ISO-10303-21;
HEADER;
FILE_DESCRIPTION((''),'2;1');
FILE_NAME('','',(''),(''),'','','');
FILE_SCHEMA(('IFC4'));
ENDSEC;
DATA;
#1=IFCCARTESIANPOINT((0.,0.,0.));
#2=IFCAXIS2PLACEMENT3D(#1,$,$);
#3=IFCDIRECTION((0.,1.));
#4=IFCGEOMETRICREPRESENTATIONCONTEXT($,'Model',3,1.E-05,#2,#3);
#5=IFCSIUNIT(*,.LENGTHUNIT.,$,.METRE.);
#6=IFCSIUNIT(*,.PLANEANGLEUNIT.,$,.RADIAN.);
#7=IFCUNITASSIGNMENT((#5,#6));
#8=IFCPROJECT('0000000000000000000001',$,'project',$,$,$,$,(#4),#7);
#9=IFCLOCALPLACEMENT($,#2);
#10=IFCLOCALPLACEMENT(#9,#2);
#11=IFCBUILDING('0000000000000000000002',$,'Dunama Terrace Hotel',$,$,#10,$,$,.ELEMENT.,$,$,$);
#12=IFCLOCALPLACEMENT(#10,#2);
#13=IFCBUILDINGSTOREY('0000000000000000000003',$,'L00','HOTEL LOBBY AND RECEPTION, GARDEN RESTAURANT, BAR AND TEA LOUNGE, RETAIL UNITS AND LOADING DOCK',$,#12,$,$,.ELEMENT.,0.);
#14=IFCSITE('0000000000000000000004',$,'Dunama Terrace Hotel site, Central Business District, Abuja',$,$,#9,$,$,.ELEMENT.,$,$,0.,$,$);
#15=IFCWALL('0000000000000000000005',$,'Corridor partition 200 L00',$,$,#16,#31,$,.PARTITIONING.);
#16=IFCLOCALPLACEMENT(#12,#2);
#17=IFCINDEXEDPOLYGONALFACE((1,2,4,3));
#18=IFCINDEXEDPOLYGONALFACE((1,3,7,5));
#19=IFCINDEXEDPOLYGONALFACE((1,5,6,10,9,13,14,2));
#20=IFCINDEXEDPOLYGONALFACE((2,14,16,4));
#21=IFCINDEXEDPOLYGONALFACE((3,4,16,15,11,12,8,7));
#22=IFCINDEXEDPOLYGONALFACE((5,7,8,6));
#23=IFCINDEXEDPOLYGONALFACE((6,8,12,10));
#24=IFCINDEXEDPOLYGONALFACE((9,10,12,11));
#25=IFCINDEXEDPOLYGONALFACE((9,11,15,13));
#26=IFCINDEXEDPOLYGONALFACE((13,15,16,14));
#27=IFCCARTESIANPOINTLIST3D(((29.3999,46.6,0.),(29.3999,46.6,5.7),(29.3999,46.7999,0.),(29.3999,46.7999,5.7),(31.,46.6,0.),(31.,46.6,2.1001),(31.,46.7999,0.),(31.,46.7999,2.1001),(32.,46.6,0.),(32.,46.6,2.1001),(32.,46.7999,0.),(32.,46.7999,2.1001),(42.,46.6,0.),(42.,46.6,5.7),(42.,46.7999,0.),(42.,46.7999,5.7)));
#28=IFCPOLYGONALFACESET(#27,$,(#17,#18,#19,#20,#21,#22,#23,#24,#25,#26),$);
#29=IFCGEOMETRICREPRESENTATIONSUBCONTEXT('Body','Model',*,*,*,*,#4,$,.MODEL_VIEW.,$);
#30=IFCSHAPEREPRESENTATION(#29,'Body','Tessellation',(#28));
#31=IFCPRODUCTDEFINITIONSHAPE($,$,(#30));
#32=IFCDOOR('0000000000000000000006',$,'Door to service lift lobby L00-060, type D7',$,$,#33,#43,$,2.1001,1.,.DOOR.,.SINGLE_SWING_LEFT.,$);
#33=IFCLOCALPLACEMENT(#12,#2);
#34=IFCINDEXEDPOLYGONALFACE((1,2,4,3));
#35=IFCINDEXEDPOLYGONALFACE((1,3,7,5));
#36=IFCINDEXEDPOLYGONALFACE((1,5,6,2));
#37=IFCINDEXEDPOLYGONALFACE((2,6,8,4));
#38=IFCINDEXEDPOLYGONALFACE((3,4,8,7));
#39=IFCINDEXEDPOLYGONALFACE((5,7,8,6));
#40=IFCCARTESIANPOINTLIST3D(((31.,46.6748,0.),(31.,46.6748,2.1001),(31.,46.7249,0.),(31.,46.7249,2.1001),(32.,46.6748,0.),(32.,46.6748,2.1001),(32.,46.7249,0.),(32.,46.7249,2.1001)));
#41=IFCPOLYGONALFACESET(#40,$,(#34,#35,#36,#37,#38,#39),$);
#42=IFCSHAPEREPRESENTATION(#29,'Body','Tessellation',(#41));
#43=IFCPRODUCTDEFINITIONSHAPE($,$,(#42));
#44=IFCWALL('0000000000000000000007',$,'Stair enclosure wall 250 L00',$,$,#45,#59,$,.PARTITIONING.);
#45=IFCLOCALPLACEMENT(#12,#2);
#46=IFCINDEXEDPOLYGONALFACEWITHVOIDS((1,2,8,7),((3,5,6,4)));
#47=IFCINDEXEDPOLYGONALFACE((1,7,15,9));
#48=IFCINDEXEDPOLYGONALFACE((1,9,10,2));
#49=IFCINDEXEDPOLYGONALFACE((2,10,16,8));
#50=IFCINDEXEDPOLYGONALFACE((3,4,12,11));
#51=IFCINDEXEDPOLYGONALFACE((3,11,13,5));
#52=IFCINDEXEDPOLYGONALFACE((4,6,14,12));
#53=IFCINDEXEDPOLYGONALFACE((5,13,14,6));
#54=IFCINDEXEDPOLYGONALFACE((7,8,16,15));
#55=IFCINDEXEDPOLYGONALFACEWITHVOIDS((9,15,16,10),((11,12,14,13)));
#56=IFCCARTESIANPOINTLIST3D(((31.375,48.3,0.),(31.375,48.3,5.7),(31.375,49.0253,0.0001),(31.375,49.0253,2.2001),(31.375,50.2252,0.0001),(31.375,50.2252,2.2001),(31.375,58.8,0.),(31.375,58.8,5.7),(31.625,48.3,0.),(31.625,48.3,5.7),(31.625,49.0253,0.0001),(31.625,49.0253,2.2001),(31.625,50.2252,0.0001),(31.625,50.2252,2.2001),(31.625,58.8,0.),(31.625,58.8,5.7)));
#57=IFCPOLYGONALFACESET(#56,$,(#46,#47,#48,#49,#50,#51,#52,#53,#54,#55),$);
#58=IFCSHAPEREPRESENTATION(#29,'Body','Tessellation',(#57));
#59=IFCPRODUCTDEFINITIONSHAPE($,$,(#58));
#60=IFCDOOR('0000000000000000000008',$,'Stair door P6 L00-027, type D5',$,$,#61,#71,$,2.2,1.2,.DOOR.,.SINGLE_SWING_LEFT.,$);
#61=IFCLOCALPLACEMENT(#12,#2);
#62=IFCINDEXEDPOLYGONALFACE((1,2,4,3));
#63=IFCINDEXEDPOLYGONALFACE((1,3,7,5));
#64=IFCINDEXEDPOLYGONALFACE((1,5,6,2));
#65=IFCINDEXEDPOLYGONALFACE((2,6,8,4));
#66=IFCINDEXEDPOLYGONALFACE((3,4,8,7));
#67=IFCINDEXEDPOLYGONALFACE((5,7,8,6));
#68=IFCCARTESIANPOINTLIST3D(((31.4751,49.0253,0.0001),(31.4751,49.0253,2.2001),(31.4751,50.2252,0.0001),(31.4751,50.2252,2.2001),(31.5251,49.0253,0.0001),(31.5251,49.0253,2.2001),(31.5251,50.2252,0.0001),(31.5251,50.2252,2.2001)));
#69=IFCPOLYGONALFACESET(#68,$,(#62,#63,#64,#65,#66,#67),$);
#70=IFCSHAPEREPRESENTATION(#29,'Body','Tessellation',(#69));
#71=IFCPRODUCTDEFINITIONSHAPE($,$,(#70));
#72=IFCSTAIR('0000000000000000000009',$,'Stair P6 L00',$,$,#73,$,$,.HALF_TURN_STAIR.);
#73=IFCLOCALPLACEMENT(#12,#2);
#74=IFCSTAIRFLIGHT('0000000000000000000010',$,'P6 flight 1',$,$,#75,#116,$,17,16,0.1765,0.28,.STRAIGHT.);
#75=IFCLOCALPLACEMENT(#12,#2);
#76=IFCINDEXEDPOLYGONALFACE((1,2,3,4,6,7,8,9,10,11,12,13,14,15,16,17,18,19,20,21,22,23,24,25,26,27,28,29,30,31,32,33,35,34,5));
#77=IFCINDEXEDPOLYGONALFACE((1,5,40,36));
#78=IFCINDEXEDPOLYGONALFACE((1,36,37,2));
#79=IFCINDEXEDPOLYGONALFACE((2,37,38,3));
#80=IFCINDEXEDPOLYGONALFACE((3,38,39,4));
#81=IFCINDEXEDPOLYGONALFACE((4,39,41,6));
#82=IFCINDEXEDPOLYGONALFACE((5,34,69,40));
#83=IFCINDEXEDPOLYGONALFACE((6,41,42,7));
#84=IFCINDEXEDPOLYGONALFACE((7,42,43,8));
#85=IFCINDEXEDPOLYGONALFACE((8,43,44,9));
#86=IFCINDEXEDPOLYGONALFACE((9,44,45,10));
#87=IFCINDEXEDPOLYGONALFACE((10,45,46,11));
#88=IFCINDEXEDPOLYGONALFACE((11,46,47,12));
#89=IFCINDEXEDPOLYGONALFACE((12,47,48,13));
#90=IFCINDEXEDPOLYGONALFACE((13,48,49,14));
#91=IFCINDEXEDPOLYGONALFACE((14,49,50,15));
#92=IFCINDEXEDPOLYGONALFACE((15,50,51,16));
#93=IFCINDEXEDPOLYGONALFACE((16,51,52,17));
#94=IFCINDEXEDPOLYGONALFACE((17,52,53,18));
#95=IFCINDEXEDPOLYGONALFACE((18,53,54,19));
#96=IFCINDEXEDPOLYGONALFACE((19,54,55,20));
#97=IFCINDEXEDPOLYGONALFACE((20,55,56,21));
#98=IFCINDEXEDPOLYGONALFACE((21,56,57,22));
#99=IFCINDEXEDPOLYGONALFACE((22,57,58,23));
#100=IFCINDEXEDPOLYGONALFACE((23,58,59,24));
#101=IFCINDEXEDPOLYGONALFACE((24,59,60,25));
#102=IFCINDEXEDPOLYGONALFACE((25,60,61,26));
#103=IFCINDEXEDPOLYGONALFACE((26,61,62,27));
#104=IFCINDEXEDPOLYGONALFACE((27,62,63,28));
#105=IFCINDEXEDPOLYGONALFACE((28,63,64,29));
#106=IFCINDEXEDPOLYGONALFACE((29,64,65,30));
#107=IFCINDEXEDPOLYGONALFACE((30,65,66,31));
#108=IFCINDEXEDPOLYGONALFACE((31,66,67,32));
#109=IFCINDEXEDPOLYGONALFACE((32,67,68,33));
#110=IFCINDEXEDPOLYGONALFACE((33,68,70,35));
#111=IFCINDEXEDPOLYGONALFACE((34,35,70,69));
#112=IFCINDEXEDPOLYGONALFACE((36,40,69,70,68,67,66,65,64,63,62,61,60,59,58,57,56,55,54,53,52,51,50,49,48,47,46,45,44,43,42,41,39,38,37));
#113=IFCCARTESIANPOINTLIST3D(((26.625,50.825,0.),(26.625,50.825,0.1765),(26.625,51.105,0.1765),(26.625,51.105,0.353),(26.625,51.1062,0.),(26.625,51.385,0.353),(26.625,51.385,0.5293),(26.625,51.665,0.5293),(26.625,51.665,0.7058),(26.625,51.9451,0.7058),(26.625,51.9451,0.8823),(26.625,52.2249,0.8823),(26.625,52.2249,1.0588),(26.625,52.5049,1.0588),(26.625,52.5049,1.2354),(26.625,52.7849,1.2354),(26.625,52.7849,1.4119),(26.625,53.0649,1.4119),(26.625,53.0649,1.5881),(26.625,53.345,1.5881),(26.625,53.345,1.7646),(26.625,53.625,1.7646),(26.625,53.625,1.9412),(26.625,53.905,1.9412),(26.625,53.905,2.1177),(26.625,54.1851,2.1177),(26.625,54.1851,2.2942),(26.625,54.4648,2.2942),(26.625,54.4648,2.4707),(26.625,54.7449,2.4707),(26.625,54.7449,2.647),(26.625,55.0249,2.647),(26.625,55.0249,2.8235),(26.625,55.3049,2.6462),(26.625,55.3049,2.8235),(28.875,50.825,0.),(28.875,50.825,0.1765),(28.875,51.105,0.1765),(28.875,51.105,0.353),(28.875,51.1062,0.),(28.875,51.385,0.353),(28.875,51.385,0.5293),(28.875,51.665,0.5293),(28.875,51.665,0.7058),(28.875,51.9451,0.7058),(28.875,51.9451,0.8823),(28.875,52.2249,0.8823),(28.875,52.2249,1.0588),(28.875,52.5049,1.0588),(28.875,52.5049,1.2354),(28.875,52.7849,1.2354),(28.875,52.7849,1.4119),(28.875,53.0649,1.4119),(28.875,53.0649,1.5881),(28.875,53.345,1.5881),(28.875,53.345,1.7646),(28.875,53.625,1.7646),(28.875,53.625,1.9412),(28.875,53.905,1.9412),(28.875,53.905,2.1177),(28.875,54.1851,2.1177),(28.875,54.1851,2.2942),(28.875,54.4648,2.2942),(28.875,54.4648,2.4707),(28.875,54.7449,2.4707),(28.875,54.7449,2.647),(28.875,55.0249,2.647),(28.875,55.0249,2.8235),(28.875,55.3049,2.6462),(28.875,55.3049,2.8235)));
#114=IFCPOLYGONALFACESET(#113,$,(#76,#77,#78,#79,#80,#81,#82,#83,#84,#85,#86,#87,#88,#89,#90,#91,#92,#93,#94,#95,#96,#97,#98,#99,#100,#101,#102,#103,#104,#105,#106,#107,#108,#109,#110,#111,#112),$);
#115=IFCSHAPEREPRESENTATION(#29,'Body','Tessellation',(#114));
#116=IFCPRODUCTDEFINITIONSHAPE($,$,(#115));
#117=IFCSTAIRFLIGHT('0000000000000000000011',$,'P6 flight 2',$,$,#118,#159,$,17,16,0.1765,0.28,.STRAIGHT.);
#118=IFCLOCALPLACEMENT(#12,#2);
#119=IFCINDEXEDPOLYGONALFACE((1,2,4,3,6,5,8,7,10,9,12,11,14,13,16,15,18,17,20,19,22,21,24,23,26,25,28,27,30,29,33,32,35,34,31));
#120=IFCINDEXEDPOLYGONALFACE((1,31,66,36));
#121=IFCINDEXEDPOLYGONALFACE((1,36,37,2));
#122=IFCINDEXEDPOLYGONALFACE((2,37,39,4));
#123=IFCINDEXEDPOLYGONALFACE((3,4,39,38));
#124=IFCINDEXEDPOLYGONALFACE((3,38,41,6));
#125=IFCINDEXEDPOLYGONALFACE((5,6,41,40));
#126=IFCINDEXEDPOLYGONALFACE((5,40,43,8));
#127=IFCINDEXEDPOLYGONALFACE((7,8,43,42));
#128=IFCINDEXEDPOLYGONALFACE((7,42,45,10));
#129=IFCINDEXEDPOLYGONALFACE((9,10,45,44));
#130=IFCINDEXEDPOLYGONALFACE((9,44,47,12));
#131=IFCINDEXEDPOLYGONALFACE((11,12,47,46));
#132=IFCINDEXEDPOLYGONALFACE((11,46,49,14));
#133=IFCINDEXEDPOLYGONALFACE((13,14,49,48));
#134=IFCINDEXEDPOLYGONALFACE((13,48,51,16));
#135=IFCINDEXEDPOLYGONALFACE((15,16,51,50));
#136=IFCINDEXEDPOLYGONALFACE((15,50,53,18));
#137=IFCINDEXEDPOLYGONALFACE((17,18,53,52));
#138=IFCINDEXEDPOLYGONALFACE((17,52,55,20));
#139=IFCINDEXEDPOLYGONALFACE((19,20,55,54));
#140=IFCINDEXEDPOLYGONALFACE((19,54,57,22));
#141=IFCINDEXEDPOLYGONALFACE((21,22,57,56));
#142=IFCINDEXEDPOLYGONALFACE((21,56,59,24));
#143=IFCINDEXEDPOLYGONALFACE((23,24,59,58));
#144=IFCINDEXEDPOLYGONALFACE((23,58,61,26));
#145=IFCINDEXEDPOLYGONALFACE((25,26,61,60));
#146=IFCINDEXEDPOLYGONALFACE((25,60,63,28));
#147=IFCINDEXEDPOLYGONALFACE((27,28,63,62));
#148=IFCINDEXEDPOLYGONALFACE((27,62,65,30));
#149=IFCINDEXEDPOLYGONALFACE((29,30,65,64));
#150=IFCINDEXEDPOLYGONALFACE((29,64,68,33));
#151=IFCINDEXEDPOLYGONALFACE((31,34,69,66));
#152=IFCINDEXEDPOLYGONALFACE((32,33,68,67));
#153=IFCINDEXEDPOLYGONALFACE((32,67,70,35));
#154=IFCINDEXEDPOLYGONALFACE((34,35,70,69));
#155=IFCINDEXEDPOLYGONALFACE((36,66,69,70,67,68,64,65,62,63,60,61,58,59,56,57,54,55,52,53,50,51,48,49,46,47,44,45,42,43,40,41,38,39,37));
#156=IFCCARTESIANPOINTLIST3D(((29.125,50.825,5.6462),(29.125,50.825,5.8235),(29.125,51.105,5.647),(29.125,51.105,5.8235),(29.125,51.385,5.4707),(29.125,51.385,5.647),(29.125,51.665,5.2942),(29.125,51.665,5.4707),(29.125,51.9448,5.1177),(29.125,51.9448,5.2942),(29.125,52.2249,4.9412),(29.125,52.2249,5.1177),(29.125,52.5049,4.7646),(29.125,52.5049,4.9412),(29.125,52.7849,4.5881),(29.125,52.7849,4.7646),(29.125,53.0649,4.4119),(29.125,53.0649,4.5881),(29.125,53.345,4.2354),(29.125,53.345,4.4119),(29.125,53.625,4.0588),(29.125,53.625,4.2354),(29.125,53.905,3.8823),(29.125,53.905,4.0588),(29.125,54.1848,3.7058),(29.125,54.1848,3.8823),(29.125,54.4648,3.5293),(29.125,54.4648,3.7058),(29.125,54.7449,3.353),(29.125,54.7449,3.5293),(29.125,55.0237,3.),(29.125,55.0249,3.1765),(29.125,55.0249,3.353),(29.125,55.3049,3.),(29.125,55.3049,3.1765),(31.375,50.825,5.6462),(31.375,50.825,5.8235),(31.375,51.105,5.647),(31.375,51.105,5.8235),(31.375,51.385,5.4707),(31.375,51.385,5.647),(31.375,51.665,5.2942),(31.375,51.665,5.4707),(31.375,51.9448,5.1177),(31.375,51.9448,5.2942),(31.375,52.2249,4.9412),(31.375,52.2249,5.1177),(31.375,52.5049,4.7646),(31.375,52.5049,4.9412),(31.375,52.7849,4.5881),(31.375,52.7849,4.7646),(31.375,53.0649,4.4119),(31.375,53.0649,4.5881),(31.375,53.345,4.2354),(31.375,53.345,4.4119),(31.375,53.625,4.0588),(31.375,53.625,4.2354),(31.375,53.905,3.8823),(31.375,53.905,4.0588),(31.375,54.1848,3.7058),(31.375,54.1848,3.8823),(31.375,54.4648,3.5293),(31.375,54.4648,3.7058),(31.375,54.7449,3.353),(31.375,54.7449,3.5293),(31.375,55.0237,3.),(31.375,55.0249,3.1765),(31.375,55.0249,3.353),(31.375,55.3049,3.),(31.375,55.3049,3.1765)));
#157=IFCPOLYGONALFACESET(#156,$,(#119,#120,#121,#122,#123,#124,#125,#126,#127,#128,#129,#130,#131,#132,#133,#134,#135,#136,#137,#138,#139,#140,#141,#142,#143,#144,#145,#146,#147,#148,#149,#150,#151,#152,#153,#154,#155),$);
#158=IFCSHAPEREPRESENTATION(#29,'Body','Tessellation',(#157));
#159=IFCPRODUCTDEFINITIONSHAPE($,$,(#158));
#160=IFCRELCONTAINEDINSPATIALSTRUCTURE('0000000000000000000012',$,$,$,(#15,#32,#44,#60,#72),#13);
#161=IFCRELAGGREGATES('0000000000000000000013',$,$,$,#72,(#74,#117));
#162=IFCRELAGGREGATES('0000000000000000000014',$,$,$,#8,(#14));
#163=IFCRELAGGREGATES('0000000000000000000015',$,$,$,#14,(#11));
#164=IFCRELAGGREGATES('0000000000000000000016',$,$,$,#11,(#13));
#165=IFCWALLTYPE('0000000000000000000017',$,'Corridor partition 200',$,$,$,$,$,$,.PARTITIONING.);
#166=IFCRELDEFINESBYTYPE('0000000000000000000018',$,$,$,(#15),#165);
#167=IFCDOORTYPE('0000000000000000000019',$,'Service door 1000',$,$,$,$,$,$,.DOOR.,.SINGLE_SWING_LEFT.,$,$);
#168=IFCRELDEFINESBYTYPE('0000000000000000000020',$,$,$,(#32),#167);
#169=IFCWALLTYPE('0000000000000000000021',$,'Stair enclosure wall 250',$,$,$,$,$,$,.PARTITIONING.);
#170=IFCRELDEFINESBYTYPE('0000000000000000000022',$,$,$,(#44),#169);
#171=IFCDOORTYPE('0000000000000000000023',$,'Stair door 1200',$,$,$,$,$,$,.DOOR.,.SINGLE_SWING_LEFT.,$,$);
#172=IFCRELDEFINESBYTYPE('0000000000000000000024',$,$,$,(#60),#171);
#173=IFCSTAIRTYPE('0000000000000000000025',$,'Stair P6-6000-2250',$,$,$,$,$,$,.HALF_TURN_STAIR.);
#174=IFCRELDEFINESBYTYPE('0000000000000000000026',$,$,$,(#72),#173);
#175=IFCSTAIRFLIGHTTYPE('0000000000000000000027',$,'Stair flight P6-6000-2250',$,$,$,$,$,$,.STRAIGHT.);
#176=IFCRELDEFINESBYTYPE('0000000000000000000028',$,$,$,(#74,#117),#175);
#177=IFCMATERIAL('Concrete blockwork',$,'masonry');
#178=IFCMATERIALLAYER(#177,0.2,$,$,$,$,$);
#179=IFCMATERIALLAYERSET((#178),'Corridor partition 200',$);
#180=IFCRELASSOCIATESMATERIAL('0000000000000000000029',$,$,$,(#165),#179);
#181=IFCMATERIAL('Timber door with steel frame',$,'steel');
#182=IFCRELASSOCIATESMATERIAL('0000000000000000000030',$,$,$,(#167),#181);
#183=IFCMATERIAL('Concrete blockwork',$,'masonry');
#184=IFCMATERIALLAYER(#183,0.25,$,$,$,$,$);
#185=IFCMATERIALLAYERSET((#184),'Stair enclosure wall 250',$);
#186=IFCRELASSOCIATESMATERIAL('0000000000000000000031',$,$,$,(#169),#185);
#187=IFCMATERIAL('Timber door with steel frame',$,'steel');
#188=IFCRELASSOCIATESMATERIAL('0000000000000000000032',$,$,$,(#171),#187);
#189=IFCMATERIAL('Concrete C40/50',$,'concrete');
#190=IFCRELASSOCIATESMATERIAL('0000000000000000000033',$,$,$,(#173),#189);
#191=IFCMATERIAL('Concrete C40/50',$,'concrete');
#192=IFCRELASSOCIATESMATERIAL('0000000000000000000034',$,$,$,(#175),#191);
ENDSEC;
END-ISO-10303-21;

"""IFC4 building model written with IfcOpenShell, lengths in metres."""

from ifc_helpers import new_model, si_unit, direction, frame, frame_2d, origin, place, context, subcontext, project, spatial, polyline, rectangle, outline, extrude, material, layer, layer_set, type_object, element, fill, aggregate, save


model = new_model("IFC4")

# Units and contexts
model_context = context("Model", 3, precision=1e-05, world=origin(), true_north=direction((0.0, 1.0)))
body_context = subcontext(model_context, "Body", "Model", "MODEL_VIEW")
ifc_project = project(units=[si_unit("LENGTHUNIT", "METRE"), si_unit("PLANEANGLEUNIT", "RADIAN")], contexts=[model_context])

# Site, building, storey
site_placement = place(None, origin())
site = spatial("IfcSite", under=ifc_project, at=site_placement, Name="Dunama Terrace Hotel site, Central Business District, Abuja", CompositionType="ELEMENT", RefElevation=0.0)
building_placement = place(site_placement, origin())
building = spatial("IfcBuilding", under=site, at=building_placement, Name="Dunama Terrace Hotel", CompositionType="ELEMENT")
storey_placement = place(building_placement, origin())
storey = spatial("IfcBuildingStorey", under=building, at=storey_placement, Name="L00", Description="HOTEL LOBBY AND RECEPTION, GARDEN RESTAURANT, BAR AND TEA LOUNGE, RETAIL UNITS AND LOADING DOCK", CompositionType="ELEMENT", Elevation=0.0)

# Shared definitions
ifc_material_1 = material(Name="Concrete blockwork", Category="masonry")
ifc_layer_1 = layer(ifc_material_1, 0.2)
ifc_layer_set_1 = layer_set([ifc_layer_1], Name="Corridor partition 200")
wall_type_1 = type_object("IfcWallType", Name="Corridor partition 200", PredefinedType="PARTITIONING", material=ifc_layer_set_1)

# Walls, openings, doors
wall_1_placement = place(storey_placement, frame((29.3999, 46.7, 0.0), z_axis=(0.0, 0.0, 1.0), x_axis=(1.0, 0.0, 0.0)))
wall_1 = element("IfcWall", 1, at=wall_1_placement, inside=storey, type_object=wall_type_1, Name="Corridor partition 200 L00", PredefinedType="PARTITIONING", context=body_context, shape_type="SweptSolid", body=[
    extrude(rectangle(XDim=12.6001, YDim=0.2, at=frame_2d((6.3, 0.0))), origin(), (0.0, 0.0, 1.0), 5.7),
])
opening_1_placement = place(wall_1_placement, frame((1.6001, 0.0, 0.0)))
opening_1 = element("IfcOpeningElement", 2, at=opening_1_placement, cuts=wall_1, PredefinedType="OPENING", context=body_context, shape_type="SweptSolid", body=[
    extrude(rectangle(XDim=1.0, YDim=2.1001, at=frame_2d((0.5, 1.05))), frame((0.0, 0.1099, 0.0), z_axis=(0.0, -1.0, 0.0), x_axis=(1.0, 0.0, 0.0)), (0.0, 0.0, 1.0), 0.22),
])
ifc_material_2 = material(Name="Timber door with steel frame", Category="steel")
door_type_1 = type_object("IfcDoorType", Name="Service door 1000", OperationType="SINGLE_SWING_LEFT", PredefinedType="DOOR", material=ifc_material_2)
door_1_placement = place(opening_1_placement, origin())
door_1 = element("IfcDoor", 3, at=door_1_placement, inside=storey, type_object=door_type_1, Name="Door to service lift lobby L00-060, type D7", OperationType="SINGLE_SWING_LEFT", OverallHeight=2.1001, OverallWidth=1.0, PredefinedType="DOOR", context=body_context, shape_type="SweptSolid", body=[
    extrude(rectangle(XDim=1.0, YDim=2.1001, at=frame_2d((0.5, 1.05))), frame((0.0, 0.0249, 0.0), z_axis=(0.0, -1.0, 0.0), x_axis=(1.0, 0.0, 0.0)), (0.0, 0.0, 1.0), 0.05),
])
fill(opening_1, door_1)
ifc_material_3 = material(Name="Concrete blockwork", Category="masonry")
ifc_layer_2 = layer(ifc_material_3, 0.25)
ifc_layer_set_2 = layer_set([ifc_layer_2], Name="Stair enclosure wall 250")
wall_type_2 = type_object("IfcWallType", Name="Stair enclosure wall 250", PredefinedType="PARTITIONING", material=ifc_layer_set_2)
wall_2_placement = place(storey_placement, frame((31.5, 48.3, 0.0), z_axis=(0.0, 0.0, 1.0), x_axis=(0.0, 1.0, 0.0)))
wall_2 = element("IfcWall", 4, at=wall_2_placement, inside=storey, type_object=wall_type_2, Name="Stair enclosure wall 250 L00", PredefinedType="PARTITIONING", context=body_context, shape_type="SweptSolid", body=[
    extrude(rectangle(XDim=10.5, YDim=0.25, at=frame_2d((5.25, 0.0))), origin(), (0.0, 0.0, 1.0), 5.7),
])
opening_2_placement = place(wall_2_placement, frame((0.7251, 0.0, 0.0)))
opening_2 = element("IfcOpeningElement", 5, at=opening_2_placement, cuts=wall_2, PredefinedType="OPENING", context=body_context, shape_type="SweptSolid", body=[
    extrude(rectangle(XDim=1.2, YDim=2.2, at=frame_2d((0.6001, 1.1001))), frame((0.0, 0.135, 0.0), z_axis=(0.0, -1.0, 0.0), x_axis=(1.0, 0.0, 0.0)), (0.0, 0.0, 1.0), 0.27),
])
ifc_material_4 = material(Name="Timber door with steel frame", Category="steel")
door_type_2 = type_object("IfcDoorType", Name="Stair door 1200", OperationType="SINGLE_SWING_LEFT", PredefinedType="DOOR", material=ifc_material_4)
door_2_placement = place(opening_2_placement, frame((1.2, 0.0, 0.0), z_axis=(0.0, 0.0, 1.0), x_axis=(-1.0, 0.0, 0.0)))
door_2 = element("IfcDoor", 6, at=door_2_placement, inside=storey, type_object=door_type_2, Name="Stair door P6 L00-027, type D5", OperationType="SINGLE_SWING_LEFT", OverallHeight=2.2, OverallWidth=1.2, PredefinedType="DOOR", context=body_context, shape_type="SweptSolid", body=[
    extrude(rectangle(XDim=1.2, YDim=2.2, at=frame_2d((0.5999, 1.1001))), frame((0.0, 0.0251, 0.0), z_axis=(0.0, -1.0, 0.0), x_axis=(1.0, 0.0, 0.0)), (0.0, 0.0, 1.0), 0.05),
])
fill(opening_2, door_2)

# Stair, stair flights
ifc_material_5 = material(Name="Concrete C40/50", Category="concrete")
stair_type = type_object("IfcStairType", Name="Stair P6-6000-2250", PredefinedType="HALF_TURN_STAIR", material=ifc_material_5)
stair_placement = place(storey_placement, origin())
stair = element("IfcStair", 7, at=stair_placement, inside=storey, type_object=stair_type, Name="Stair P6 L00", PredefinedType="HALF_TURN_STAIR")
ifc_material_6 = material(Name="Concrete C40/50", Category="concrete")
stair_flight_type = type_object("IfcStairFlightType", Name="Stair flight P6-6000-2250", PredefinedType="STRAIGHT", material=ifc_material_6)
stair_flight_1_placement = place(storey_placement, frame((27.75, 50.825, 0.0), z_axis=(0.0, 0.0, 1.0), x_axis=(0.0, 1.0, 0.0)))
stair_flight_1 = element("IfcStairFlight", 8, at=stair_flight_1_placement, type_object=stair_flight_type, Name="P6 flight 1", NumberOfRisers=17, NumberOfTreads=16, PredefinedType="STRAIGHT", RiserHeight=0.1765, TreadLength=0.28, context=body_context, shape_type="SweptSolid", body=[
    extrude(outline(polyline([(0.0, 0.0), (0.0, 0.1765), (0.28, 0.1765), (0.28, 0.353), (0.5601, 0.353), (0.5601, 0.5293), (0.8401, 0.5293), (0.8401, 0.7058), (1.1201, 0.7058), (1.1201, 0.8823), (1.3999, 0.8823), (1.3999, 1.0588), (1.6799, 1.0588), (1.6799, 1.2354), (1.96, 1.2354), (1.96, 1.4119), (2.24, 1.4119), (2.24, 1.5881), (2.52, 1.5881), (2.52, 1.7646), (2.8, 1.7646), (2.8, 1.9412), (3.0801, 1.9412), (3.0801, 2.1177), (3.3601, 2.1177), (3.3601, 2.2942), (3.6399, 2.2942), (3.6399, 2.4707), (3.9199, 2.4707), (3.9199, 2.647), (4.2, 2.647), (4.2, 2.8235), (4.48, 2.8235), (4.48, 3.0), (4.48, 2.6462), (0.2812, 0.0), (0.0, 0.0)])), frame((0.0, 1.125, 0.0), z_axis=(0.0, -1.0, 0.0), x_axis=(1.0, 0.0, 0.0)), (0.0, 0.0, 1.0), 2.25),
])
stair_flight_2_placement = place(storey_placement, frame((30.25, 55.3049, 3.0), z_axis=(0.0, 0.0, 1.0), x_axis=(0.0, -1.0, 0.0)))
stair_flight_2 = element("IfcStairFlight", 9, at=stair_flight_2_placement, type_object=stair_flight_type, Name="P6 flight 2", NumberOfRisers=17, NumberOfTreads=16, PredefinedType="STRAIGHT", RiserHeight=0.1765, TreadLength=0.28, context=body_context, shape_type="SweptSolid", body=[
    extrude(outline(polyline([(0.0, 0.0), (0.0, 0.1765), (0.28, 0.1765), (0.28, 0.353), (0.5601, 0.353), (0.5601, 0.5293), (0.8401, 0.5293), (0.8401, 0.7058), (1.1201, 0.7058), (1.1201, 0.8823), (1.3999, 0.8823), (1.3999, 1.0588), (1.6799, 1.0588), (1.6799, 1.2354), (1.96, 1.2354), (1.96, 1.4119), (2.24, 1.4119), (2.24, 1.5881), (2.52, 1.5881), (2.52, 1.7646), (2.8, 1.7646), (2.8, 1.9412), (3.0801, 1.9412), (3.0801, 2.1177), (3.3601, 2.1177), (3.3601, 2.2942), (3.6399, 2.2942), (3.6399, 2.4707), (3.9199, 2.4707), (3.9199, 2.647), (4.2, 2.647), (4.2, 2.8235), (4.48, 2.8235), (4.48, 3.0), (4.48, 2.6462), (0.2812, 0.0), (0.0, 0.0)])), frame((0.0, 1.125, 0.0), z_axis=(0.0, -1.0, 0.0), x_axis=(1.0, 0.0, 0.0)), (0.0, 0.0, 1.0), 2.25),
])
aggregate(stair, [stair_flight_1, stair_flight_2])

save(model, "model.ifc")
